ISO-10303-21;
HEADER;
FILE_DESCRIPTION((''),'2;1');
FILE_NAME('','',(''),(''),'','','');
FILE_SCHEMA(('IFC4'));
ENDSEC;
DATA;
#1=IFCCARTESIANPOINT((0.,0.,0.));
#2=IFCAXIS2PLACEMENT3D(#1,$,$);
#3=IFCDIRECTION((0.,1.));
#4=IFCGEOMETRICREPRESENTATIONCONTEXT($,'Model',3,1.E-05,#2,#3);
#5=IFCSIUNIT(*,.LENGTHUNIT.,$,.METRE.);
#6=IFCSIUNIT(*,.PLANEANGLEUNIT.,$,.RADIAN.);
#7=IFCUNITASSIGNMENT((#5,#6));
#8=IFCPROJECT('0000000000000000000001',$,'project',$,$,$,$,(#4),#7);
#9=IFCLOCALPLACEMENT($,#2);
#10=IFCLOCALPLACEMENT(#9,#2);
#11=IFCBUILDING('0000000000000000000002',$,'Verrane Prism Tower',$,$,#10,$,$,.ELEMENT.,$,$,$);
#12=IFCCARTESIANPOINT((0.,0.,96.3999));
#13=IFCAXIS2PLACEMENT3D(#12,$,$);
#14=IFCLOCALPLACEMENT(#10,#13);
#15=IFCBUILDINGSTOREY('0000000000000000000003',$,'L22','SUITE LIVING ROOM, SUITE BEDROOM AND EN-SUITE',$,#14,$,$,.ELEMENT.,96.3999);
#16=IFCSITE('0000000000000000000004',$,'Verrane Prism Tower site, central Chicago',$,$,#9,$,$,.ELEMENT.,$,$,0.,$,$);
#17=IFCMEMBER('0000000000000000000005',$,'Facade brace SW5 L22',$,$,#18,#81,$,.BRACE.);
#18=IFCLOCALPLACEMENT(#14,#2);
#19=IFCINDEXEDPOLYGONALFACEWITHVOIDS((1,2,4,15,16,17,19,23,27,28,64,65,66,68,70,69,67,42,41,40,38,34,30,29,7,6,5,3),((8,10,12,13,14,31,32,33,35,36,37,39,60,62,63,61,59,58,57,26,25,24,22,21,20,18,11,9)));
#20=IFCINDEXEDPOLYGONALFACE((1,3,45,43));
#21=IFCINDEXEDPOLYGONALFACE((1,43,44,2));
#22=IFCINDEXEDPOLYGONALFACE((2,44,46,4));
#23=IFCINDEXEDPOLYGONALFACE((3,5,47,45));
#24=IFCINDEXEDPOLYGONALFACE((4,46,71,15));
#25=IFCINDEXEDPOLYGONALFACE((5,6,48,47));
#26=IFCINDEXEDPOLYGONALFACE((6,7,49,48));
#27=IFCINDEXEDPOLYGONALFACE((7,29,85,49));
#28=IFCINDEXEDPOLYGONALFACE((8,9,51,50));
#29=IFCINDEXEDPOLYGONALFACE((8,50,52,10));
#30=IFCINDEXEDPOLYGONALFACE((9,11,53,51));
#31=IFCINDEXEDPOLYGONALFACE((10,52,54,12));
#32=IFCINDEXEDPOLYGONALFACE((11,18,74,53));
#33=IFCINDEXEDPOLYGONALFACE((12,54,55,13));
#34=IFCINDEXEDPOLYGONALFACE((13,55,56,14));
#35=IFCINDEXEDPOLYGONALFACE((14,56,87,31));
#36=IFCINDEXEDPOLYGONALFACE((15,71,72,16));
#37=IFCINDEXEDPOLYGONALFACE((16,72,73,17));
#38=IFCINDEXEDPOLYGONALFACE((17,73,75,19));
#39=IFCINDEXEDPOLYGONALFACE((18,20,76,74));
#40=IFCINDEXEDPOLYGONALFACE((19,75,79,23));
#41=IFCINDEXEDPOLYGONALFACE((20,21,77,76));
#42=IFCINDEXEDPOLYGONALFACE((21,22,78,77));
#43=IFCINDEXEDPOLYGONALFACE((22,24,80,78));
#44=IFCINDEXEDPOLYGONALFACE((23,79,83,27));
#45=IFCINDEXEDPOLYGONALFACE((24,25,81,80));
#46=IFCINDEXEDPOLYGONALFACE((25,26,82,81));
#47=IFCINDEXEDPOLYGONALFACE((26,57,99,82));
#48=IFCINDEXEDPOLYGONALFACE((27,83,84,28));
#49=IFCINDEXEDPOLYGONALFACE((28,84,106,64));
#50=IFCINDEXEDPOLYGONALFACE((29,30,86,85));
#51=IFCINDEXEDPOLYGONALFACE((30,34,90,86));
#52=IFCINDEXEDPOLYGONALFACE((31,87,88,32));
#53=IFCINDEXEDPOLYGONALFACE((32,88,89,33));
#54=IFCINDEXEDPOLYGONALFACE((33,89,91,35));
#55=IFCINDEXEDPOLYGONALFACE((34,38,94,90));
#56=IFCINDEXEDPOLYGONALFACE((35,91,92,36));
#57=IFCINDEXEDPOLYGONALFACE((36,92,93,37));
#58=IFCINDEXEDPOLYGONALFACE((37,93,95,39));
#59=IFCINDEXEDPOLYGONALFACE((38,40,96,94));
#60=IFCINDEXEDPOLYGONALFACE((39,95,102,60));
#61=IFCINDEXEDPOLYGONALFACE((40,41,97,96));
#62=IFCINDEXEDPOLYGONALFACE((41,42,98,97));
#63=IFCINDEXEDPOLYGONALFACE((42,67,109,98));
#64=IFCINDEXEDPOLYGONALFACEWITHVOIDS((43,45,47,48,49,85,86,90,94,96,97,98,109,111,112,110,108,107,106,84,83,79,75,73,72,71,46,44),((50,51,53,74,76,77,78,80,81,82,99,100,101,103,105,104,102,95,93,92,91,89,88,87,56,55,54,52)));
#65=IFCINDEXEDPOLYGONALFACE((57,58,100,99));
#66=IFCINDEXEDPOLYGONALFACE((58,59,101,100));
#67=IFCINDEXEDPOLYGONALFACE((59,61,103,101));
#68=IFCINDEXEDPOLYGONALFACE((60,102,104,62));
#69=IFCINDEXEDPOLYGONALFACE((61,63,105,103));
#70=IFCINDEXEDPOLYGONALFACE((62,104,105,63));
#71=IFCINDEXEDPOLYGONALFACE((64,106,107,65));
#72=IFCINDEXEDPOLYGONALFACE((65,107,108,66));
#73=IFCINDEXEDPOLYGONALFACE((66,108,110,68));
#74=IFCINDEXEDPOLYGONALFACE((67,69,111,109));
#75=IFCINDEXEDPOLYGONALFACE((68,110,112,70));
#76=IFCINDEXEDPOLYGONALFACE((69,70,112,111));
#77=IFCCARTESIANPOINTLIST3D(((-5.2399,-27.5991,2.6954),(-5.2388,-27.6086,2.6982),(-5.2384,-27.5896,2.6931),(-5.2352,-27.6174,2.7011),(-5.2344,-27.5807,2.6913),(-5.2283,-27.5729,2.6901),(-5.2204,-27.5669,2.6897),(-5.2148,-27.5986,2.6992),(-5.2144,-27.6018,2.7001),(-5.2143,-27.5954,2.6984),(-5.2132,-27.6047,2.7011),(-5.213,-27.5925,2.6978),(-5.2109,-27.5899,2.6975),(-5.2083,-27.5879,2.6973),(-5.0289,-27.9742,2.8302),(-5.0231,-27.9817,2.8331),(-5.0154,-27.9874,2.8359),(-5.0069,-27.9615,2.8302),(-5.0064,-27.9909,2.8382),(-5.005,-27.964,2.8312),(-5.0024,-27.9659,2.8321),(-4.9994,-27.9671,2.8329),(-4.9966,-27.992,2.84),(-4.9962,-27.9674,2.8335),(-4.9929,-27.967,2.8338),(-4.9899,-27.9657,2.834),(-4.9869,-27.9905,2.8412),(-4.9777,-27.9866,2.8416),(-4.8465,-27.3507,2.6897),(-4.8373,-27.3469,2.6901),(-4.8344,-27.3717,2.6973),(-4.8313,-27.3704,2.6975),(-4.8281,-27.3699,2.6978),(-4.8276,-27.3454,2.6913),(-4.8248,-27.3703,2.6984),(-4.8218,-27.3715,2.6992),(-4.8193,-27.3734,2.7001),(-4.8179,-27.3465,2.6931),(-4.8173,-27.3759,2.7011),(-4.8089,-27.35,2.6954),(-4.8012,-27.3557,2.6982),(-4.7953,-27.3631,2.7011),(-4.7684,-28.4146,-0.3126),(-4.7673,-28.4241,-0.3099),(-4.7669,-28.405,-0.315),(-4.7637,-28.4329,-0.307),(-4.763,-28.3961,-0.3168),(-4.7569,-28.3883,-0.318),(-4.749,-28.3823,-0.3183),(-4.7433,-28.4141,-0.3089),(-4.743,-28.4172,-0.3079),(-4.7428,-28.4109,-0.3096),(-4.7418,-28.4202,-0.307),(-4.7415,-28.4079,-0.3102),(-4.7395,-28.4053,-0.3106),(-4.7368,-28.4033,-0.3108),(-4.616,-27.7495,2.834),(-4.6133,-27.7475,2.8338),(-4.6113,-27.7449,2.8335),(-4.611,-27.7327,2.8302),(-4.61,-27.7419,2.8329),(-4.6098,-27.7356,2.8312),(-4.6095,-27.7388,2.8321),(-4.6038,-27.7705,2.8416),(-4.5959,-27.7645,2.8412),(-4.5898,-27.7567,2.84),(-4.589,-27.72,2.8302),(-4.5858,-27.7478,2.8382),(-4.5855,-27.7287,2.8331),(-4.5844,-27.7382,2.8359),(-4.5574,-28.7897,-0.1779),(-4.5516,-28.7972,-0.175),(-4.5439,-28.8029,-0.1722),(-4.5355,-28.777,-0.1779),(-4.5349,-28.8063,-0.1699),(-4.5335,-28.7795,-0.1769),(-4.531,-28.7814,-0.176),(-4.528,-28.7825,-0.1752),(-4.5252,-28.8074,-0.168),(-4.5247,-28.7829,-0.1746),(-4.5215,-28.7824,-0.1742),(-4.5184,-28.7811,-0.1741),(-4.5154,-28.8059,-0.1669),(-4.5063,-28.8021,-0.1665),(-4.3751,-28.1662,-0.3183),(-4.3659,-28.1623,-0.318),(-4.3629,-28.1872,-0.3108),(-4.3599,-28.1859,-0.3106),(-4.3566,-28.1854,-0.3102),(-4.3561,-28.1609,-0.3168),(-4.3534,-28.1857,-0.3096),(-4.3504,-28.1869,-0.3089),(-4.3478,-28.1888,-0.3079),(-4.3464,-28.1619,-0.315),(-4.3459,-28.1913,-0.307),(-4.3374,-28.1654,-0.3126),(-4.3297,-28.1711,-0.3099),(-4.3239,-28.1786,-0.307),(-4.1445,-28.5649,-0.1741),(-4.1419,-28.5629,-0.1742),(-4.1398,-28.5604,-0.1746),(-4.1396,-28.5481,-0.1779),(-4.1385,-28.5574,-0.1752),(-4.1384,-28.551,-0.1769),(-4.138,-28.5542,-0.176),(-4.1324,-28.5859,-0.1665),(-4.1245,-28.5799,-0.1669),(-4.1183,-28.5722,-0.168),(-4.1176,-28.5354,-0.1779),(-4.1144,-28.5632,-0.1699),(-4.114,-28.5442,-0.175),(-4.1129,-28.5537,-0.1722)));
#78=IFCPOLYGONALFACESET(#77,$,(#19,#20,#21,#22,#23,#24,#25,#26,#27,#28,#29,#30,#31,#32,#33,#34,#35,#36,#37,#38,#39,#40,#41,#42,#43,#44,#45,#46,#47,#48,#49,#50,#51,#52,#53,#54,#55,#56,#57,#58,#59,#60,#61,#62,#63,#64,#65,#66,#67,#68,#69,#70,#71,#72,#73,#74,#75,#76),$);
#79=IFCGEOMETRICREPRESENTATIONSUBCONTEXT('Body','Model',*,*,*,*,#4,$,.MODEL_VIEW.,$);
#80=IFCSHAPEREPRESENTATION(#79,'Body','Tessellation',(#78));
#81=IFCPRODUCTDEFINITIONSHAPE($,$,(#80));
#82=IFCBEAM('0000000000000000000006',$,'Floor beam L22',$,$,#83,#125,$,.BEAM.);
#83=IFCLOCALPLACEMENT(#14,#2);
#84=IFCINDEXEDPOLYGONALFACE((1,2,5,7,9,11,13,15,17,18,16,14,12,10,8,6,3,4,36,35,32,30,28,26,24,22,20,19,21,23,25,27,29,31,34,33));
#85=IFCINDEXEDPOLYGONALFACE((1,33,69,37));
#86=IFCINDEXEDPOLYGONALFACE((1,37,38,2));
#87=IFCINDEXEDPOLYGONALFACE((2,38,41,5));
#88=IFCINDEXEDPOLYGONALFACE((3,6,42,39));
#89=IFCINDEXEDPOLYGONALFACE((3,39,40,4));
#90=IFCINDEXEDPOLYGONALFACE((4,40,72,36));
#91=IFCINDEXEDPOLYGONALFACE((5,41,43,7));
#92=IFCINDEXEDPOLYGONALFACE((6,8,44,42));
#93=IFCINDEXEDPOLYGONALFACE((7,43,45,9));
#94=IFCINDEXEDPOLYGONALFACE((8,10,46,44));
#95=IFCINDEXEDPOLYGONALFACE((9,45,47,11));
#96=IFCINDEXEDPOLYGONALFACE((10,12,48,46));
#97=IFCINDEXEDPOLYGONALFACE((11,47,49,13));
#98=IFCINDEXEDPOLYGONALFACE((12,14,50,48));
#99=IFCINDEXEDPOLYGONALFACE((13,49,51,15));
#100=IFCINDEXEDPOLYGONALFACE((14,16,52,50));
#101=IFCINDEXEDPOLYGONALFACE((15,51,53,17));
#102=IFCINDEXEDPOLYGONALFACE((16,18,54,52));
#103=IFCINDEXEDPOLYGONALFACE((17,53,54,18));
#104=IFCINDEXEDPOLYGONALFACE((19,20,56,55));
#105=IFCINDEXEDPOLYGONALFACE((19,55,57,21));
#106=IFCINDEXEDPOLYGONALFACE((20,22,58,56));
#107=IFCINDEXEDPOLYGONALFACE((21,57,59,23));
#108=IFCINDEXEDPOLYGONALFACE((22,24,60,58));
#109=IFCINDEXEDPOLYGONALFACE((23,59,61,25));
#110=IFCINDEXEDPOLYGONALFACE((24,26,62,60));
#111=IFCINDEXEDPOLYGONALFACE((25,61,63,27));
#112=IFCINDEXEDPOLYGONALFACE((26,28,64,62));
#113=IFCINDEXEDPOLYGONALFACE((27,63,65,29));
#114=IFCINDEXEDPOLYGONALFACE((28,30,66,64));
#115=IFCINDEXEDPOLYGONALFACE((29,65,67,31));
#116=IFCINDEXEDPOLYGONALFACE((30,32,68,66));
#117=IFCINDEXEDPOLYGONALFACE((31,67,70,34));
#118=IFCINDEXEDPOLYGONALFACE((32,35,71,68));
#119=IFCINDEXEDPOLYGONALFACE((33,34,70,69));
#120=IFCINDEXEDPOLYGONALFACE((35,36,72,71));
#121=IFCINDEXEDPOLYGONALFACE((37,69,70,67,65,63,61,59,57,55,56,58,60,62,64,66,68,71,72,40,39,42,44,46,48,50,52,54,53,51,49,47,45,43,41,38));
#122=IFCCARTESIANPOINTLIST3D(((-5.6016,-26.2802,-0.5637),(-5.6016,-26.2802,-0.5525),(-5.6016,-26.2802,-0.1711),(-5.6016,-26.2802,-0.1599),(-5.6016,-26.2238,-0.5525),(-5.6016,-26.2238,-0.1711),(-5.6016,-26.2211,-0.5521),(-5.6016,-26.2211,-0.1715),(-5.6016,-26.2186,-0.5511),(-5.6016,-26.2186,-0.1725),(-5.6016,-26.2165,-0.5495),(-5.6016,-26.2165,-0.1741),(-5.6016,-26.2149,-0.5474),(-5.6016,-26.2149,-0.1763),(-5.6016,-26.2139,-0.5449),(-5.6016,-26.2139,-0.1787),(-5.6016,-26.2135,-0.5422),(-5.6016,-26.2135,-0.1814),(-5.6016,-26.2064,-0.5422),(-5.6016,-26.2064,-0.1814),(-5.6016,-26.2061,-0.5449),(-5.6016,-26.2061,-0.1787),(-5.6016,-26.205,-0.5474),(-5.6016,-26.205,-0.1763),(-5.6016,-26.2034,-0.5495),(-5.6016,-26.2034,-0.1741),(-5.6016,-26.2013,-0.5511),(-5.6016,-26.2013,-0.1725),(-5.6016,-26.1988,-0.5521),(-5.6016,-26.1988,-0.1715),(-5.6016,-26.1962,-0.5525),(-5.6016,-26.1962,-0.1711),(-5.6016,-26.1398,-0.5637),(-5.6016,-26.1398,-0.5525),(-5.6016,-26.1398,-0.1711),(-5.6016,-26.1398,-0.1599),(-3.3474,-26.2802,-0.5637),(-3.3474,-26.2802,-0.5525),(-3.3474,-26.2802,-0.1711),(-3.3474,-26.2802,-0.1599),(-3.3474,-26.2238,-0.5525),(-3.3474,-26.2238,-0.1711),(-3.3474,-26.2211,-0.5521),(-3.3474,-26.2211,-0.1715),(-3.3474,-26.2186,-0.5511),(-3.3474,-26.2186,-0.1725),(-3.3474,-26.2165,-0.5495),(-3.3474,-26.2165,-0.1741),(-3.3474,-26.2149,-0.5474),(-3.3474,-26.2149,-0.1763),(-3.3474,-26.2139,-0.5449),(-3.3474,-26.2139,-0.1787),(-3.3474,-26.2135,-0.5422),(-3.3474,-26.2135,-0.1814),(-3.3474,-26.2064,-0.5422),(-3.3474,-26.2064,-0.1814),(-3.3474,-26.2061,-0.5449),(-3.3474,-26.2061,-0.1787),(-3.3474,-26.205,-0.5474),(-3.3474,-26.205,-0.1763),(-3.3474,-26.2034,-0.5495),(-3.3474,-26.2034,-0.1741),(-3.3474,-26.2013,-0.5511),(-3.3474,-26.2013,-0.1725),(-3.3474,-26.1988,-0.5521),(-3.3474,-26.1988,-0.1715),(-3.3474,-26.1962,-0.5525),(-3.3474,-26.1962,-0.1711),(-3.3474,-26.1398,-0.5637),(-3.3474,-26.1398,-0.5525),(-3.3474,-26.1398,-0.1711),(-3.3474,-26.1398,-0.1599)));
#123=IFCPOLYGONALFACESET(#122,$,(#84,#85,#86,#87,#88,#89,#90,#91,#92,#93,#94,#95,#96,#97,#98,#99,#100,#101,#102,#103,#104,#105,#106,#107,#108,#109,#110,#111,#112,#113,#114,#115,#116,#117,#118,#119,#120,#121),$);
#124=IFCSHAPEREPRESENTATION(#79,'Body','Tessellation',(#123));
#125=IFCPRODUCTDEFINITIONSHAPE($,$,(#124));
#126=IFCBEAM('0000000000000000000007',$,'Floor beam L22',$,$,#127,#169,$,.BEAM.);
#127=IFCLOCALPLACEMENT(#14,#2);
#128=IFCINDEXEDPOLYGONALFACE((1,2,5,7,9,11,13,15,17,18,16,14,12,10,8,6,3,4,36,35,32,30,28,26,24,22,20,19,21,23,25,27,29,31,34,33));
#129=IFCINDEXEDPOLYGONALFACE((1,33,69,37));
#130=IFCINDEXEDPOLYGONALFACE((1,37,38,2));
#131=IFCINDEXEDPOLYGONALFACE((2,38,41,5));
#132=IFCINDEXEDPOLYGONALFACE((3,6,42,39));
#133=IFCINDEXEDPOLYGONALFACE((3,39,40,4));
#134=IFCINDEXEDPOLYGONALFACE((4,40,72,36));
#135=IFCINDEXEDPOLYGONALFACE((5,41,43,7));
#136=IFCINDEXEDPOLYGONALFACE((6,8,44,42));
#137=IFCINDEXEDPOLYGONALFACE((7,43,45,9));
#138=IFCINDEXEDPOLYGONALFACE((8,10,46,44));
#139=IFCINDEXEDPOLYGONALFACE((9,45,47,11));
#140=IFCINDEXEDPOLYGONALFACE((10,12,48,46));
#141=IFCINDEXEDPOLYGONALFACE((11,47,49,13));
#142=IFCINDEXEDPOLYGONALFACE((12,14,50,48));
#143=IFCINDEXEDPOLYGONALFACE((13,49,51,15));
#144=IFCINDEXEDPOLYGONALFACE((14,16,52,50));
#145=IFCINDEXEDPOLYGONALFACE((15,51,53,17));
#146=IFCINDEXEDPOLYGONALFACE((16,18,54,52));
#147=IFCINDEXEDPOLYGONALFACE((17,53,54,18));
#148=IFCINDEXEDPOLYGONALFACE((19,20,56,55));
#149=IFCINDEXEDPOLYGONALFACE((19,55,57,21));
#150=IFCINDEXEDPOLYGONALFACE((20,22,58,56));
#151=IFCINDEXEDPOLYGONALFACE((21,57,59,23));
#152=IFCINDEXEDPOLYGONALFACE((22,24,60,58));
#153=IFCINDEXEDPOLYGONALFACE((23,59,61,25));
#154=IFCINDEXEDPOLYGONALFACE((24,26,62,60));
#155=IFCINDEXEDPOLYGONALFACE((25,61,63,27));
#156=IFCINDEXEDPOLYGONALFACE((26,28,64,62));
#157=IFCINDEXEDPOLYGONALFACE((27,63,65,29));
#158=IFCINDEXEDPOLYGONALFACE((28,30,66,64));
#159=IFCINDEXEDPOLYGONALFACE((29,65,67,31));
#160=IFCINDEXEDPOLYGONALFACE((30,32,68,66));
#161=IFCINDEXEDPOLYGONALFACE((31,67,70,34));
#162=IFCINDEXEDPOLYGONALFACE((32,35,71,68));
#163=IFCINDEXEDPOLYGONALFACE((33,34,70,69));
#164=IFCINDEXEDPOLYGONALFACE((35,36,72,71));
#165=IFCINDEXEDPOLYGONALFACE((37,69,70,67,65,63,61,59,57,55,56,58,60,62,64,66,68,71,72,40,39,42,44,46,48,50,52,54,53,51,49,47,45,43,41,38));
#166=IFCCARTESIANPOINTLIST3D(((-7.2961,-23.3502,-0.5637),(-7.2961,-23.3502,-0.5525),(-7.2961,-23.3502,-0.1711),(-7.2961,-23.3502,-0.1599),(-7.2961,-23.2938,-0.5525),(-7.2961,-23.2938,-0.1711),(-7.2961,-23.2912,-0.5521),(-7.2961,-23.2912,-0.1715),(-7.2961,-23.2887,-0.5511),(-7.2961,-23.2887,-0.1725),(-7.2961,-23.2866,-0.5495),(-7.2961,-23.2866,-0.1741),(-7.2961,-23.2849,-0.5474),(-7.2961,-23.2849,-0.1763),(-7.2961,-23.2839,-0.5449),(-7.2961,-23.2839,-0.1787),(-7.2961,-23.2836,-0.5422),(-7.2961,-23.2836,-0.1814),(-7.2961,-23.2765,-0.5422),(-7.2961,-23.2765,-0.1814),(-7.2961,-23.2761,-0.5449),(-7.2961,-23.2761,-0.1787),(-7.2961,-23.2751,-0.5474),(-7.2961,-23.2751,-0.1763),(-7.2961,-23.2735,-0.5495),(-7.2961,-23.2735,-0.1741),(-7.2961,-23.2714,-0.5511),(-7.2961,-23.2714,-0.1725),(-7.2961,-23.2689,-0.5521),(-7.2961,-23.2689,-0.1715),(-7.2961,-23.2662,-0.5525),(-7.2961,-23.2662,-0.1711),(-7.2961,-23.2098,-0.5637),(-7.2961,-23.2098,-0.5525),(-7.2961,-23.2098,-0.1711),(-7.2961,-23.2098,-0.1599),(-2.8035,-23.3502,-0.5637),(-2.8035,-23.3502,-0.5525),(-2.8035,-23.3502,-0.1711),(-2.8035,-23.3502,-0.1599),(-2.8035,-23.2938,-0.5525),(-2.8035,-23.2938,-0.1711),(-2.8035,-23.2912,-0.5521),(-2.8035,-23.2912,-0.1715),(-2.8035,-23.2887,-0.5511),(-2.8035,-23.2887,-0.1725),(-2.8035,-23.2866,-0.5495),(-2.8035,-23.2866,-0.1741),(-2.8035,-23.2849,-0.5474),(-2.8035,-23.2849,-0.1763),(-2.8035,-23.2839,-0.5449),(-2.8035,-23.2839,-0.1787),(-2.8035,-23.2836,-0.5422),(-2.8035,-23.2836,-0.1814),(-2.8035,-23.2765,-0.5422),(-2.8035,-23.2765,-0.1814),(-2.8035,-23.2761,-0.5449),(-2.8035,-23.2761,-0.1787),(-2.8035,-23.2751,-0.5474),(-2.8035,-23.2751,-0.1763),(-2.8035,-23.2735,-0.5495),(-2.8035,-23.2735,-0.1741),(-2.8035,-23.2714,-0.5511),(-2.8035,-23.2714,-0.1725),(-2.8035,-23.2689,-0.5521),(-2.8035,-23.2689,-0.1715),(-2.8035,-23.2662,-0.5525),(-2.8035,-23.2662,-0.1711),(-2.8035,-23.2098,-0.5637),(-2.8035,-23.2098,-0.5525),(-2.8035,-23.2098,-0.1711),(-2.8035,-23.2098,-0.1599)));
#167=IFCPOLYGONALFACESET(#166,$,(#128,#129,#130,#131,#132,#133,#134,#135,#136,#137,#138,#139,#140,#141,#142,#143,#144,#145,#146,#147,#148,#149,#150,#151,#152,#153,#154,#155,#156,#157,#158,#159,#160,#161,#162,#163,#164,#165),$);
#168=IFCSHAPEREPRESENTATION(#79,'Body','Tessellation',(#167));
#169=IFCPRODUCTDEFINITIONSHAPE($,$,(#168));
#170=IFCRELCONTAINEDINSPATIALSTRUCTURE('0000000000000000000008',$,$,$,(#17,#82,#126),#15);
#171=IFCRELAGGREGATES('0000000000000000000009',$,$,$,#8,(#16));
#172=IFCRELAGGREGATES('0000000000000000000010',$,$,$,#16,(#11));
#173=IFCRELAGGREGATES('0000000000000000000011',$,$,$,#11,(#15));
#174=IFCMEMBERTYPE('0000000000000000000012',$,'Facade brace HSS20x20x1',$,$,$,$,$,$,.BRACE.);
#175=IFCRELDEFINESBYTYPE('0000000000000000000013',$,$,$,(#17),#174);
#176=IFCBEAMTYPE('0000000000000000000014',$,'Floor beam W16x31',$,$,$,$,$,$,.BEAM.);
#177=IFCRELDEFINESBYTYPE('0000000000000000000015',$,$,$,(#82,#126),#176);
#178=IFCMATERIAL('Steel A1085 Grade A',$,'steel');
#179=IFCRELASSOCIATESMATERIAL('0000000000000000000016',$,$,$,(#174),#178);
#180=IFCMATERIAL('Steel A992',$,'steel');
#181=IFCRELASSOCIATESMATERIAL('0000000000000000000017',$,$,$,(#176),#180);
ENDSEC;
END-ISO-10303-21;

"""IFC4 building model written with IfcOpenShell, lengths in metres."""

from ifc_helpers import new_model, si_unit, direction, frame, origin, origin_2d, place, context, subcontext, project, spatial, hollow_rectangle, i_section, extrude, material, material_profile, profile_set, type_object, element, save


model = new_model("IFC4")

# Units and contexts
model_context = context("Model", 3, precision=1e-05, world=origin(), true_north=direction((0.0, 1.0)))
body_context = subcontext(model_context, "Body", "Model", "MODEL_VIEW")
ifc_project = project(units=[si_unit("LENGTHUNIT", "METRE"), si_unit("PLANEANGLEUNIT", "RADIAN")], contexts=[model_context])

# Site, building, storey
site_placement = place(None, origin())
site = spatial("IfcSite", under=ifc_project, at=site_placement, Name="Verrane Prism Tower site, central Chicago", CompositionType="ELEMENT", RefElevation=0.0)
building_placement = place(site_placement, origin())
building = spatial("IfcBuilding", under=site, at=building_placement, Name="Verrane Prism Tower", CompositionType="ELEMENT")
storey_placement = place(building_placement, frame((0.0, 0.0, 96.3999)))
storey = spatial("IfcBuildingStorey", under=building, at=storey_placement, Name="L22", Description="SUITE LIVING ROOM, SUITE BEDROOM AND EN-SUITE", CompositionType="ELEMENT", Elevation=96.3999)

# Member
ifc_material_1 = material(Name="Steel A1085 Grade A", Category="steel")
ifc_material_profile_1 = material_profile(ifc_material_1, hollow_rectangle(XDim=0.5081, YDim=0.5081, WallThickness=0.0254, InnerFilletRadius=0.0127, OuterFilletRadius=0.0381, at=origin_2d()), Name="HSS20x20x1")
ifc_profile_set_1 = profile_set([ifc_material_profile_1], Name="Steel A1085 Grade A")
member_type_1 = type_object("IfcMemberType", Name="Facade brace HSS20x20x1", PredefinedType="BRACE", material=ifc_profile_set_1)
member_1_placement = place(storey_placement, frame((-4.4407, -28.4841, -0.2424), z_axis=(-0.149564, 0.258696, 0.95431), x_axis=(-0.865728, -0.500515, 0.0)))
element("IfcMember", 1, at=member_1_placement, inside=storey, type_object=member_type_1, Name="Facade brace SW5 L22", PredefinedType="BRACE", context=body_context, shape_type="SweptSolid", body=[
    extrude(hollow_rectangle(XDim=0.5081, YDim=0.5081, WallThickness=0.0254, InnerFilletRadius=0.0127, OuterFilletRadius=0.0381, at=origin_2d()), origin(), (0.0, 0.0, 1.0), 3.1521),
])

# Beams
ifc_material_2 = material(Name="Steel A992", Category="steel")
ifc_material_profile_2 = material_profile(ifc_material_2, i_section(OverallWidth=0.1404, OverallDepth=0.4038, WebThickness=0.0071, FlangeThickness=0.0112, FilletRadius=0.0103, at=origin_2d()), Name="W16x31")
ifc_profile_set_2 = profile_set([ifc_material_profile_2], Name="Steel A992")
beam_type_1 = type_object("IfcBeamType", Name="Floor beam W16x31", PredefinedType="BEAM", material=ifc_profile_set_2)
beam_1_placement = place(storey_placement, frame((-5.6016, -26.21, -0.3618), z_axis=(1.0, 0.0, 0.0), x_axis=(0.0, 1.0, 0.0)))
element("IfcBeam", 2, at=beam_1_placement, inside=storey, type_object=beam_type_1, Name="Floor beam L22", PredefinedType="BEAM", context=body_context, shape_type="SweptSolid", body=[
    extrude(i_section(OverallWidth=0.1404, OverallDepth=0.4038, WebThickness=0.0071, FlangeThickness=0.0112, FilletRadius=0.0103, at=origin_2d()), origin(), (0.0, 0.0, 1.0), 2.2542),
])
beam_2_placement = place(storey_placement, frame((-7.2961, -23.28, -0.3618), z_axis=(1.0, 0.0, 0.0), x_axis=(0.0, 1.0, 0.0)))
element("IfcBeam", 3, at=beam_2_placement, inside=storey, type_object=beam_type_1, Name="Floor beam L22", PredefinedType="BEAM", context=body_context, shape_type="SweptSolid", body=[
    extrude(i_section(OverallWidth=0.1404, OverallDepth=0.4038, WebThickness=0.0071, FlangeThickness=0.0112, FilletRadius=0.0103, at=origin_2d()), origin(), (0.0, 0.0, 1.0), 4.4927),
])

save(model, "model.ifc")
